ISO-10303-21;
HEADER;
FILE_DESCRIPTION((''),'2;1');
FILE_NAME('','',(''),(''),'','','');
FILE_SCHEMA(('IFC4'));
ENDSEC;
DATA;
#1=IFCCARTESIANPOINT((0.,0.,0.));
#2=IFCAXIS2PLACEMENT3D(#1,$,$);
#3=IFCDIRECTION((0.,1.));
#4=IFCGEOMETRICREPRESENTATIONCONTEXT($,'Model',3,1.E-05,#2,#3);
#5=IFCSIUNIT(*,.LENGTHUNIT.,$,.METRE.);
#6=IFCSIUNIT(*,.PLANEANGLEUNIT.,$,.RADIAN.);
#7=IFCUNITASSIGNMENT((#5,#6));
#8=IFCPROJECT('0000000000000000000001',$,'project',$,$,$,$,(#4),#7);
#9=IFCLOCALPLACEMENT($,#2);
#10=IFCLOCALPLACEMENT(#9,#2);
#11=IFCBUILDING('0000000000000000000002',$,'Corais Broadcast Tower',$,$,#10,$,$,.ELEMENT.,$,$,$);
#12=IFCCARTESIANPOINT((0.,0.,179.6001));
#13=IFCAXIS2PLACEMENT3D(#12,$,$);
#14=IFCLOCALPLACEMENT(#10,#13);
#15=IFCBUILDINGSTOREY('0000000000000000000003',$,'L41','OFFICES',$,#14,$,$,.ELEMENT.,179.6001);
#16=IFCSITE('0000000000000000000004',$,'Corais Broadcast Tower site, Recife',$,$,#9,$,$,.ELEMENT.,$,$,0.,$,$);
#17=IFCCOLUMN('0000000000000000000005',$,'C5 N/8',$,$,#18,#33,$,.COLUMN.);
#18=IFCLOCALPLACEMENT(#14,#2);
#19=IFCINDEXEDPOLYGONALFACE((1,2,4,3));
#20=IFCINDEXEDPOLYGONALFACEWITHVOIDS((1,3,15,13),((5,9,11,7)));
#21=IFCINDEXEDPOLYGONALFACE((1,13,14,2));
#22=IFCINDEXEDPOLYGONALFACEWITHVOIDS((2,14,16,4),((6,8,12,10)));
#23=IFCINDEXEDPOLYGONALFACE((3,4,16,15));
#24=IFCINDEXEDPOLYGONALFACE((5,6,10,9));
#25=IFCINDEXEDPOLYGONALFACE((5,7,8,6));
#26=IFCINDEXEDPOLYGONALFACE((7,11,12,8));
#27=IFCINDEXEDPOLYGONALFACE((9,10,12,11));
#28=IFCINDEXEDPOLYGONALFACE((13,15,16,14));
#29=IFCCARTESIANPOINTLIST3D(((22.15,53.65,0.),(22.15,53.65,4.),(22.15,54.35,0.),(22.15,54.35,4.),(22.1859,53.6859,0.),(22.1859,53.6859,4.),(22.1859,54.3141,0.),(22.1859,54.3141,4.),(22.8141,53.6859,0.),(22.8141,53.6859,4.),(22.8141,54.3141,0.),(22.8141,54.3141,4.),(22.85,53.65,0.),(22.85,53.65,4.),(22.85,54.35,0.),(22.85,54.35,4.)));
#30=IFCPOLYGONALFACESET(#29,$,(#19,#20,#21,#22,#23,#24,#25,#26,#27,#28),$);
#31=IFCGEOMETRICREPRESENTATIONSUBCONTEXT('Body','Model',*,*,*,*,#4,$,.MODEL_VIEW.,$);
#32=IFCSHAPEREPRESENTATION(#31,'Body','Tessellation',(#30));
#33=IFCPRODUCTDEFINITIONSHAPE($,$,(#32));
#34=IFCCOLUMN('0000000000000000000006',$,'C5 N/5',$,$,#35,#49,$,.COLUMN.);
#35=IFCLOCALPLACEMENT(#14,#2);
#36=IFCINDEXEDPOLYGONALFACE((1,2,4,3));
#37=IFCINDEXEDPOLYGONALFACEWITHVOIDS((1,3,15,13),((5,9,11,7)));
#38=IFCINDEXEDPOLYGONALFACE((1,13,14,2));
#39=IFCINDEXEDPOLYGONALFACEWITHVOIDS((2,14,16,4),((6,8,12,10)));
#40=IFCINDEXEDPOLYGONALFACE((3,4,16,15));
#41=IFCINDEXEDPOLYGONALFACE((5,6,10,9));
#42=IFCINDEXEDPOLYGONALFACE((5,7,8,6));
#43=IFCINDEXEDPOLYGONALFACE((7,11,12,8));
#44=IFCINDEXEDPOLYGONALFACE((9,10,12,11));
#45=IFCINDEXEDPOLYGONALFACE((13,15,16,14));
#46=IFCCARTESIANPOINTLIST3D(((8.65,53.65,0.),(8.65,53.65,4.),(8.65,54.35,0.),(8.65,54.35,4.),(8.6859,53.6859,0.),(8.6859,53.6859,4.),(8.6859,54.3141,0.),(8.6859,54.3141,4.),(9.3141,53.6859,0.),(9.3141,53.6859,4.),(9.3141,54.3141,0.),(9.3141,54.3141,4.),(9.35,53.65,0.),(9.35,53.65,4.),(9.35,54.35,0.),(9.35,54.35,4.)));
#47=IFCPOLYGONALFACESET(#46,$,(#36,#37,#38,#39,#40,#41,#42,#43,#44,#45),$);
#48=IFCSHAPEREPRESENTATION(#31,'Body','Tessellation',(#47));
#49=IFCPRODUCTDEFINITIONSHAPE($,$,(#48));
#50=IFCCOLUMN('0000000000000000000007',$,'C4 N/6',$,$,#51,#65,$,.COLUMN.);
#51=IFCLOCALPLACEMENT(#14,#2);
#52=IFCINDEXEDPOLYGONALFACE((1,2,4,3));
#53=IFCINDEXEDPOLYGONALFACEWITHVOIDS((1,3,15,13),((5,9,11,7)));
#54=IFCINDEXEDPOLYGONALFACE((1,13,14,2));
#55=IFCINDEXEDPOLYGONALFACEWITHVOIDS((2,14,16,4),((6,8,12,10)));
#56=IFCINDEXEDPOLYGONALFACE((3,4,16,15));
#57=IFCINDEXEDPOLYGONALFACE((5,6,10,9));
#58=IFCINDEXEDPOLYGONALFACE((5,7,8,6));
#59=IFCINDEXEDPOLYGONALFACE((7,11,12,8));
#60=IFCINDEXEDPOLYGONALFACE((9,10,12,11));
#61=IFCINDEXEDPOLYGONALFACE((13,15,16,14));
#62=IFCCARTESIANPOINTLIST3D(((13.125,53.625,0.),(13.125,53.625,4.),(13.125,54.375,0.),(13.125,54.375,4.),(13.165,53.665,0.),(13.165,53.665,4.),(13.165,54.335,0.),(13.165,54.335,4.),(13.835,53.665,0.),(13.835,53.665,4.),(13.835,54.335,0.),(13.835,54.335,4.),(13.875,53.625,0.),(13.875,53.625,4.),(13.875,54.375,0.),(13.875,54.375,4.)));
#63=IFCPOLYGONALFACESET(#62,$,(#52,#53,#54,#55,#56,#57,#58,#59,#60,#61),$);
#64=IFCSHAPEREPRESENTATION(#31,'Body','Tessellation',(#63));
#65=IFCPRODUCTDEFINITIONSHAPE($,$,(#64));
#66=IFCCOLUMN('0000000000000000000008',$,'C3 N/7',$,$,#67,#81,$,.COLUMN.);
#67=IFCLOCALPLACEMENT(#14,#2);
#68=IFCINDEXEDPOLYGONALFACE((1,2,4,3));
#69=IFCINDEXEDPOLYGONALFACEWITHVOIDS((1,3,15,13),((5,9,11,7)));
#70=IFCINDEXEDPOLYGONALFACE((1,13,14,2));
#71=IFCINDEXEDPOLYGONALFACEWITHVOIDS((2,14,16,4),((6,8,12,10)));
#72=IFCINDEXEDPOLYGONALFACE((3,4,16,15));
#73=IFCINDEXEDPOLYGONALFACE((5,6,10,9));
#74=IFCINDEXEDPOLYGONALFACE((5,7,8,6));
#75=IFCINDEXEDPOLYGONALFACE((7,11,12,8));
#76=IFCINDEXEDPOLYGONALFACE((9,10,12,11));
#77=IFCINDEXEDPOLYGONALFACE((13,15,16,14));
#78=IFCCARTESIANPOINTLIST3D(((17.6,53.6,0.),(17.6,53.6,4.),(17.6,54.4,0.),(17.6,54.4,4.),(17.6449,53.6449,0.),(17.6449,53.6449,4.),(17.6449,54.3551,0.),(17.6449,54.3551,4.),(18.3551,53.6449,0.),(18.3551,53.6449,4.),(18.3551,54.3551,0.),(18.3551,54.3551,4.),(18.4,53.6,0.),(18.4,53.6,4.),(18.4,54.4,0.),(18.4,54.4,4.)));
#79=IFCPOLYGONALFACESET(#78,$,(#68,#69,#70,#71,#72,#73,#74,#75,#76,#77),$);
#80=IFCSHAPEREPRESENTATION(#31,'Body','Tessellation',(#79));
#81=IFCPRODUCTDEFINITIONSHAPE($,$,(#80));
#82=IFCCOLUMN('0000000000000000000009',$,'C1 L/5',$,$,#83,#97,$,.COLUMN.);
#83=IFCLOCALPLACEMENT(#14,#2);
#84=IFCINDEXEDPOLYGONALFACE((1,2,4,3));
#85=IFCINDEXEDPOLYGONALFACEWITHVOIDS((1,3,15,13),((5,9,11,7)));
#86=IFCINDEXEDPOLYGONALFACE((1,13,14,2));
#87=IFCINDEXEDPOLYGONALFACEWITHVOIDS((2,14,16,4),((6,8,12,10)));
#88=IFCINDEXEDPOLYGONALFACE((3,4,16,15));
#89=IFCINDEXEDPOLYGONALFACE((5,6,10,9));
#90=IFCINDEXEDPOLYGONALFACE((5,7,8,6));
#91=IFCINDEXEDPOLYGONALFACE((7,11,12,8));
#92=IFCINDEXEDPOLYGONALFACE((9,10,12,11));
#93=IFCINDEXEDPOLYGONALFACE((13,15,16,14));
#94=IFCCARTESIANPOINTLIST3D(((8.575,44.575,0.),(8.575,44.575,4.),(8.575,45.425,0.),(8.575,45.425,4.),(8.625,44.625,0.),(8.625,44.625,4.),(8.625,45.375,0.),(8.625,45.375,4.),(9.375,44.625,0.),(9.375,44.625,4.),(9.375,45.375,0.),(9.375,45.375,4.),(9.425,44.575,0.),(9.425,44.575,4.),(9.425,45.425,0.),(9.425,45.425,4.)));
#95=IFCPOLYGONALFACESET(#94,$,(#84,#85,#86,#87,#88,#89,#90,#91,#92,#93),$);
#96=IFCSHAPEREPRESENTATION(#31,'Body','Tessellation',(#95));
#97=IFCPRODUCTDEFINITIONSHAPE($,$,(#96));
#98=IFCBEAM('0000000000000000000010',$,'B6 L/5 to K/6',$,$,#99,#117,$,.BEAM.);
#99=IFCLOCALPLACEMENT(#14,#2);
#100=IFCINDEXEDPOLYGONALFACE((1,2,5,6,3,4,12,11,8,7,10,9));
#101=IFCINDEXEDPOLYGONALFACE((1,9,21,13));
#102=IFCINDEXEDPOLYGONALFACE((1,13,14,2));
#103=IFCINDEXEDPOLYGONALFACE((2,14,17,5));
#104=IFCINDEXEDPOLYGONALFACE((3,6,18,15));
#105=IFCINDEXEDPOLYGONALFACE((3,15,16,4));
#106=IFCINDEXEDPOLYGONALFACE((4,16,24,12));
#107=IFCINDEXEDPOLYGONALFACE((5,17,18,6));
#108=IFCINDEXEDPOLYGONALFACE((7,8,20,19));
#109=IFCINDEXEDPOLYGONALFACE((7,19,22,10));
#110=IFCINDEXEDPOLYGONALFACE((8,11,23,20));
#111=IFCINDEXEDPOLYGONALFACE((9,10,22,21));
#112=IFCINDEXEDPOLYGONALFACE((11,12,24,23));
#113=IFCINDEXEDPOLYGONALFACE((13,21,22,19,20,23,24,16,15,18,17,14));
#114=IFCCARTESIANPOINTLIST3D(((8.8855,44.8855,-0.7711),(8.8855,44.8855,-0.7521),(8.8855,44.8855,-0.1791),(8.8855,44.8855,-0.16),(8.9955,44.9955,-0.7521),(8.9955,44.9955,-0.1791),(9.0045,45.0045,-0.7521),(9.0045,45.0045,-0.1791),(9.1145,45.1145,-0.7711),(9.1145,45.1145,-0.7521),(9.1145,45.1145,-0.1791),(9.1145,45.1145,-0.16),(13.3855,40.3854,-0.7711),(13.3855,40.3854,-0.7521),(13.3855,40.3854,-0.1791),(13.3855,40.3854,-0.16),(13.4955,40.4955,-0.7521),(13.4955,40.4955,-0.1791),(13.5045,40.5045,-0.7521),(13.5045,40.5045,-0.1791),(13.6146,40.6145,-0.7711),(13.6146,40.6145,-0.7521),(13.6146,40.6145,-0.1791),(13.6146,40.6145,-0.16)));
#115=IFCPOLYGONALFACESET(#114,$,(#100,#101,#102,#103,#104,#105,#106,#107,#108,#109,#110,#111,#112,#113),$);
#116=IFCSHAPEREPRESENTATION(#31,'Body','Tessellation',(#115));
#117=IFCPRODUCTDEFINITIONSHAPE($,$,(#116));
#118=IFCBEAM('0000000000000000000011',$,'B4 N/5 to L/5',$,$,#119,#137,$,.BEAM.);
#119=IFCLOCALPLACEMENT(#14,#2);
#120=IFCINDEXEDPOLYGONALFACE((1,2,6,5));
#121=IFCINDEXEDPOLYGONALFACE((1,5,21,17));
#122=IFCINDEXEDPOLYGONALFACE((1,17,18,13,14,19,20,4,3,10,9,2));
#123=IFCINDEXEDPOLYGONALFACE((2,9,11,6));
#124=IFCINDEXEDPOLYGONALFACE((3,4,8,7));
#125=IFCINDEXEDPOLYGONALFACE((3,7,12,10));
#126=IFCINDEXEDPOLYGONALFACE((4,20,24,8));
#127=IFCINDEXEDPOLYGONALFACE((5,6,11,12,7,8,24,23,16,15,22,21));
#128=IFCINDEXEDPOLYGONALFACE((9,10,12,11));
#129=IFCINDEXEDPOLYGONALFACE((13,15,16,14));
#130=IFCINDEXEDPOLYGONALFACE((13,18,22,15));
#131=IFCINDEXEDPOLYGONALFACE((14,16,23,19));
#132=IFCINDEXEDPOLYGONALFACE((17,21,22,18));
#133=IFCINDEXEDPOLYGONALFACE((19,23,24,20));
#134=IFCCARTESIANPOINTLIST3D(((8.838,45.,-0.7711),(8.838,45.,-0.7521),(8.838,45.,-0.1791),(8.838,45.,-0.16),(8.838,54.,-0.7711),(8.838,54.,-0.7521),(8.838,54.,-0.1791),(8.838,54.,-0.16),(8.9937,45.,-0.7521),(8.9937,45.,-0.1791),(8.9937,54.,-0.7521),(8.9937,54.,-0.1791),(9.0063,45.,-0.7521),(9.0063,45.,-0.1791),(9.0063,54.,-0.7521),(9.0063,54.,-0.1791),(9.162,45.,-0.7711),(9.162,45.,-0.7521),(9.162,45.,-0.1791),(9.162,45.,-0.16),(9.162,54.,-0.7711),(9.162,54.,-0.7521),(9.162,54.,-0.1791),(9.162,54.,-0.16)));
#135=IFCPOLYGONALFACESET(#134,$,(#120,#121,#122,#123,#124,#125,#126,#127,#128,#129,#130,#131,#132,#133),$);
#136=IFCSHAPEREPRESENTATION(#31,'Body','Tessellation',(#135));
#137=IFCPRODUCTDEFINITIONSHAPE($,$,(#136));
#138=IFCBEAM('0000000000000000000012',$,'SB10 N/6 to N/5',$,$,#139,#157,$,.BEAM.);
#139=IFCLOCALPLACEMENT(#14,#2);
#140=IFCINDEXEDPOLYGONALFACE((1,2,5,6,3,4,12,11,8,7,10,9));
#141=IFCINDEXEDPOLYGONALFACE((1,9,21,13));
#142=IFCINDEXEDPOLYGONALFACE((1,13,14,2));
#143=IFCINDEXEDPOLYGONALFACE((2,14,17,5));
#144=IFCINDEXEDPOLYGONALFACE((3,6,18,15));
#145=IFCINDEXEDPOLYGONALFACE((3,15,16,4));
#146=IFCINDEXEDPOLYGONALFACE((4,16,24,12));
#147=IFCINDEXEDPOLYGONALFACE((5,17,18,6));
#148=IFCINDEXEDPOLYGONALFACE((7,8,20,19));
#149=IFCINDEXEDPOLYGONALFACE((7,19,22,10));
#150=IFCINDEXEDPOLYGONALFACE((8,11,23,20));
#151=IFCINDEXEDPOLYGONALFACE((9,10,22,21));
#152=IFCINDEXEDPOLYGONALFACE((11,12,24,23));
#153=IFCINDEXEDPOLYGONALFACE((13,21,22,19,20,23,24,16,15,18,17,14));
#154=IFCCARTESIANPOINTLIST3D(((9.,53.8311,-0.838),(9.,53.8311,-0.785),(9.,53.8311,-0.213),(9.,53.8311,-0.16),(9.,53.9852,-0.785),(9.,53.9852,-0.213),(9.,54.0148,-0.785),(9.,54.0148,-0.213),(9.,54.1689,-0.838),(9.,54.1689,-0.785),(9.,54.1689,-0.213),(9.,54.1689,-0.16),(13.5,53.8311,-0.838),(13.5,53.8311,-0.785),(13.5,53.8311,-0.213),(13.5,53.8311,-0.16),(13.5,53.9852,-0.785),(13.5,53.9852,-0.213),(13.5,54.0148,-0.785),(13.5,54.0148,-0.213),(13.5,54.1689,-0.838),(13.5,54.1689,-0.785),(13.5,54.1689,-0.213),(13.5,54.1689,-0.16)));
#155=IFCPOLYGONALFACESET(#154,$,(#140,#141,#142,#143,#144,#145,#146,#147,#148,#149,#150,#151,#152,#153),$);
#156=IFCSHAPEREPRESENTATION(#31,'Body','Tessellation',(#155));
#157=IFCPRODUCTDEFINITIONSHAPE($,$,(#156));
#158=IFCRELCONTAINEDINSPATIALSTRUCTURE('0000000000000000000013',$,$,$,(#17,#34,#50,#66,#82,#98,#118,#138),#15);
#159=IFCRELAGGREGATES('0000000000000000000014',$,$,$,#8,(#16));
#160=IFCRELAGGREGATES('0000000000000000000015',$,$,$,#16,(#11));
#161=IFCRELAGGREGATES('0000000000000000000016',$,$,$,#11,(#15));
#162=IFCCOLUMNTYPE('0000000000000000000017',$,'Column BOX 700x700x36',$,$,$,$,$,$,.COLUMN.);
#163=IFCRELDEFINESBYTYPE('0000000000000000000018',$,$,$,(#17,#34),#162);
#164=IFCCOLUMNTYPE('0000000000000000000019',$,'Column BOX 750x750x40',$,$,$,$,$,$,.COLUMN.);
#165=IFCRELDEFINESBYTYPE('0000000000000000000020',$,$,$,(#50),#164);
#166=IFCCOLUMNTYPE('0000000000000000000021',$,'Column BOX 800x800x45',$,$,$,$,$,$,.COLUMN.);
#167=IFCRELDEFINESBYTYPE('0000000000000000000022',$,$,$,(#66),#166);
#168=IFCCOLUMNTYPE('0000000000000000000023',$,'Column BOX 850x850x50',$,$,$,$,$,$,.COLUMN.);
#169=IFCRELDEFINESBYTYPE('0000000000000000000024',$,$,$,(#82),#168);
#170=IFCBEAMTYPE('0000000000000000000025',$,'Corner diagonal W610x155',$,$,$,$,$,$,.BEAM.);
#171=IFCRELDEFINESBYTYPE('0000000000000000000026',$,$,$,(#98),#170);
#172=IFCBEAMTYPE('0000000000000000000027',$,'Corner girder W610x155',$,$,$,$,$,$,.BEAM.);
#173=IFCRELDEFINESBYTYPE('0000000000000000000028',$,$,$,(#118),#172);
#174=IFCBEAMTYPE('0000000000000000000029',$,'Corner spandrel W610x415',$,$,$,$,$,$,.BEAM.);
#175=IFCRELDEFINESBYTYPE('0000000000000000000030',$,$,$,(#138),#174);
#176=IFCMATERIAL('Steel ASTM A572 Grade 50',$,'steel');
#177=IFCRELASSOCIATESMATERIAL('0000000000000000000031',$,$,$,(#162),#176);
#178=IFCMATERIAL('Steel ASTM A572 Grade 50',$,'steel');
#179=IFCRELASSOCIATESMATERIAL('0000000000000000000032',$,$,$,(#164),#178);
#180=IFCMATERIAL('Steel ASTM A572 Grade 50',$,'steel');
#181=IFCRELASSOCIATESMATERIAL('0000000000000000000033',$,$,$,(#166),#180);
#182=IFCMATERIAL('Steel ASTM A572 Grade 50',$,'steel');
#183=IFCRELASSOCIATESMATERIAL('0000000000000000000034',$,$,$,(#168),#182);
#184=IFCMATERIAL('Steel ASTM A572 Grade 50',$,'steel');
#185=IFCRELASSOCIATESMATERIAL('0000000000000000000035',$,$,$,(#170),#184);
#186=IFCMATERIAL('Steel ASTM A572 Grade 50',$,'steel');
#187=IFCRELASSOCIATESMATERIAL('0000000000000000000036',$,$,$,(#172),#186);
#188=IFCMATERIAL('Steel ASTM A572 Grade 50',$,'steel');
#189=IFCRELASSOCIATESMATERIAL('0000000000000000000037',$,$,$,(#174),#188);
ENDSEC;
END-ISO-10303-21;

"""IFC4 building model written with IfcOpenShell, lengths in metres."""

from ifc_helpers import new_model, si_unit, direction, frame, origin, origin_2d, place, context, subcontext, project, spatial, hollow_rectangle, i_section, extrude, material, material_profile, profile_set, type_object, element, save


model = new_model("IFC4")

# Units and contexts
model_context = context("Model", 3, precision=1e-05, world=origin(), true_north=direction((0.0, 1.0)))
body_context = subcontext(model_context, "Body", "Model", "MODEL_VIEW")
ifc_project = project(units=[si_unit("LENGTHUNIT", "METRE"), si_unit("PLANEANGLEUNIT", "RADIAN")], contexts=[model_context])

# Site, building, storey
site_placement = place(None, origin())
site = spatial("IfcSite", under=ifc_project, at=site_placement, Name="Corais Broadcast Tower site, Recife", CompositionType="ELEMENT", RefElevation=0.0)
building_placement = place(site_placement, origin())
building = spatial("IfcBuilding", under=site, at=building_placement, Name="Corais Broadcast Tower", CompositionType="ELEMENT")
storey_placement = place(building_placement, frame((0.0, 0.0, 179.6001)))
storey = spatial("IfcBuildingStorey", under=building, at=storey_placement, Name="L41", Description="OFFICES", CompositionType="ELEMENT", Elevation=179.6001)

# Columns
ifc_material_1 = material(Name="Steel ASTM A572 Grade 50", Category="steel")
ifc_material_profile_1 = material_profile(ifc_material_1, hollow_rectangle(XDim=0.7, YDim=0.7, WallThickness=0.0359, at=origin_2d()), Name="BOX 700x700x36")
ifc_profile_set_1 = profile_set([ifc_material_profile_1], Name="Steel ASTM A572 Grade 50")
column_type_1 = type_object("IfcColumnType", Name="Column BOX 700x700x36", PredefinedType="COLUMN", material=ifc_profile_set_1)
for number, where, z_axis, x_axis, name in (
    (1, (22.5, 54.0, 0.0), (0.0, 0.0, 1.0), (1.0, 0.0, 0.0), "C5 N/8"),
    (2, (9.0, 54.0, 0.0), (0.0, 0.0, 1.0), (1.0, 0.0, 0.0), "C5 N/5"),
):
    element("IfcColumn", number, at=place(storey_placement, frame(where, z_axis=z_axis, x_axis=x_axis)), inside=storey, type_object=column_type_1, Name=name, PredefinedType="COLUMN", context=body_context, shape_type="SweptSolid", body=[
        extrude(hollow_rectangle(XDim=0.7, YDim=0.7, WallThickness=0.0359, at=origin_2d()), origin(), (0.0, 0.0, 1.0), 4.0),
    ])
ifc_material_2 = material(Name="Steel ASTM A572 Grade 50", Category="steel")
ifc_material_profile_2 = material_profile(ifc_material_2, hollow_rectangle(XDim=0.75, YDim=0.75, WallThickness=0.04, at=origin_2d()), Name="BOX 750x750x40")
ifc_profile_set_2 = profile_set([ifc_material_profile_2], Name="Steel ASTM A572 Grade 50")
column_type_2 = type_object("IfcColumnType", Name="Column BOX 750x750x40", PredefinedType="COLUMN", material=ifc_profile_set_2)
column_1_placement = place(storey_placement, frame((13.5, 54.0, 0.0), z_axis=(0.0, 0.0, 1.0), x_axis=(1.0, 0.0, 0.0)))
element("IfcColumn", 3, at=column_1_placement, inside=storey, type_object=column_type_2, Name="C4 N/6", PredefinedType="COLUMN", context=body_context, shape_type="SweptSolid", body=[
    extrude(hollow_rectangle(XDim=0.75, YDim=0.75, WallThickness=0.04, at=origin_2d()), origin(), (0.0, 0.0, 1.0), 4.0),
])
ifc_material_3 = material(Name="Steel ASTM A572 Grade 50", Category="steel")
ifc_material_profile_3 = material_profile(ifc_material_3, hollow_rectangle(XDim=0.8, YDim=0.8, WallThickness=0.0449, at=origin_2d()), Name="BOX 800x800x45")
ifc_profile_set_3 = profile_set([ifc_material_profile_3], Name="Steel ASTM A572 Grade 50")
column_type_3 = type_object("IfcColumnType", Name="Column BOX 800x800x45", PredefinedType="COLUMN", material=ifc_profile_set_3)
column_2_placement = place(storey_placement, frame((18.0, 54.0, 0.0), z_axis=(0.0, 0.0, 1.0), x_axis=(1.0, 0.0, 0.0)))
element("IfcColumn", 4, at=column_2_placement, inside=storey, type_object=column_type_3, Name="C3 N/7", PredefinedType="COLUMN", context=body_context, shape_type="SweptSolid", body=[
    extrude(hollow_rectangle(XDim=0.8, YDim=0.8, WallThickness=0.0449, at=origin_2d()), origin(), (0.0, 0.0, 1.0), 4.0),
])
ifc_material_4 = material(Name="Steel ASTM A572 Grade 50", Category="steel")
ifc_material_profile_4 = material_profile(ifc_material_4, hollow_rectangle(XDim=0.8501, YDim=0.8501, WallThickness=0.05, at=origin_2d()), Name="BOX 850x850x50")
ifc_profile_set_4 = profile_set([ifc_material_profile_4], Name="Steel ASTM A572 Grade 50")
column_type_4 = type_object("IfcColumnType", Name="Column BOX 850x850x50", PredefinedType="COLUMN", material=ifc_profile_set_4)
column_3_placement = place(storey_placement, frame((9.0, 45.0, 0.0), z_axis=(0.0, 0.0, 1.0), x_axis=(1.0, 0.0, 0.0)))
element("IfcColumn", 5, at=column_3_placement, inside=storey, type_object=column_type_4, Name="C1 L/5", PredefinedType="COLUMN", context=body_context, shape_type="SweptSolid", body=[
    extrude(hollow_rectangle(XDim=0.8501, YDim=0.8501, WallThickness=0.05, at=origin_2d()), origin(), (0.0, 0.0, 1.0), 4.0),
])

# Beams
ifc_material_5 = material(Name="Steel ASTM A572 Grade 50", Category="steel")
ifc_material_profile_5 = material_profile(ifc_material_5, i_section(OverallWidth=0.324, OverallDepth=0.6111, WebThickness=0.0127, FlangeThickness=0.019, at=origin_2d()), Name="W610x155")
ifc_profile_set_5 = profile_set([ifc_material_profile_5], Name="Steel ASTM A572 Grade 50")
beam_type_1 = type_object("IfcBeamType", Name="Corner diagonal W610x155", PredefinedType="BEAM", material=ifc_profile_set_5)
beam_1_placement = place(storey_placement, frame((9.0, 45.0, -0.4656), z_axis=(0.707107, -0.707107, 0.0), x_axis=(0.707107, 0.707107, 0.0)))
element("IfcBeam", 6, at=beam_1_placement, inside=storey, type_object=beam_type_1, Name="B6 L/5 to K/6", PredefinedType="BEAM", context=body_context, shape_type="SweptSolid", body=[
    extrude(i_section(OverallWidth=0.324, OverallDepth=0.6111, WebThickness=0.0127, FlangeThickness=0.019, at=origin_2d()), origin(), (0.0, 0.0, 1.0), 6.364),
])
ifc_material_6 = material(Name="Steel ASTM A572 Grade 50", Category="steel")
ifc_material_profile_6 = material_profile(ifc_material_6, i_section(OverallWidth=0.324, OverallDepth=0.6111, WebThickness=0.0127, FlangeThickness=0.019, at=origin_2d()), Name="W610x155")
ifc_profile_set_6 = profile_set([ifc_material_profile_6], Name="Steel ASTM A572 Grade 50")
beam_type_2 = type_object("IfcBeamType", Name="Corner girder W610x155", PredefinedType="BEAM", material=ifc_profile_set_6)
beam_2_placement = place(storey_placement, frame((9.0, 54.0, -0.4656), z_axis=(0.0, -1.0, 0.0), x_axis=(1.0, 0.0, 0.0)))
element("IfcBeam", 7, at=beam_2_placement, inside=storey, type_object=beam_type_2, Name="B4 N/5 to L/5", PredefinedType="BEAM", context=body_context, shape_type="SweptSolid", body=[
    extrude(i_section(OverallWidth=0.324, OverallDepth=0.6111, WebThickness=0.0127, FlangeThickness=0.019, at=origin_2d()), origin(), (0.0, 0.0, 1.0), 9.0),
])
ifc_material_7 = material(Name="Steel ASTM A572 Grade 50", Category="steel")
ifc_material_profile_7 = material_profile(ifc_material_7, i_section(OverallWidth=0.3379, OverallDepth=0.678, WebThickness=0.0295, FlangeThickness=0.053, at=origin_2d()), Name="W610x415")
ifc_profile_set_7 = profile_set([ifc_material_profile_7], Name="Steel ASTM A572 Grade 50")
beam_type_3 = type_object("IfcBeamType", Name="Corner spandrel W610x415", PredefinedType="BEAM", material=ifc_profile_set_7)
beam_3_placement = place(storey_placement, frame((13.5, 54.0, -0.499), z_axis=(-1.0, 0.0, 0.0), x_axis=(0.0, -1.0, 0.0)))
element("IfcBeam", 8, at=beam_3_placement, inside=storey, type_object=beam_type_3, Name="SB10 N/6 to N/5", PredefinedType="BEAM", context=body_context, shape_type="SweptSolid", body=[
    extrude(i_section(OverallWidth=0.3379, OverallDepth=0.678, WebThickness=0.0295, FlangeThickness=0.053, at=origin_2d()), origin(), (0.0, 0.0, 1.0), 4.5),
])

save(model, "model.ifc")
